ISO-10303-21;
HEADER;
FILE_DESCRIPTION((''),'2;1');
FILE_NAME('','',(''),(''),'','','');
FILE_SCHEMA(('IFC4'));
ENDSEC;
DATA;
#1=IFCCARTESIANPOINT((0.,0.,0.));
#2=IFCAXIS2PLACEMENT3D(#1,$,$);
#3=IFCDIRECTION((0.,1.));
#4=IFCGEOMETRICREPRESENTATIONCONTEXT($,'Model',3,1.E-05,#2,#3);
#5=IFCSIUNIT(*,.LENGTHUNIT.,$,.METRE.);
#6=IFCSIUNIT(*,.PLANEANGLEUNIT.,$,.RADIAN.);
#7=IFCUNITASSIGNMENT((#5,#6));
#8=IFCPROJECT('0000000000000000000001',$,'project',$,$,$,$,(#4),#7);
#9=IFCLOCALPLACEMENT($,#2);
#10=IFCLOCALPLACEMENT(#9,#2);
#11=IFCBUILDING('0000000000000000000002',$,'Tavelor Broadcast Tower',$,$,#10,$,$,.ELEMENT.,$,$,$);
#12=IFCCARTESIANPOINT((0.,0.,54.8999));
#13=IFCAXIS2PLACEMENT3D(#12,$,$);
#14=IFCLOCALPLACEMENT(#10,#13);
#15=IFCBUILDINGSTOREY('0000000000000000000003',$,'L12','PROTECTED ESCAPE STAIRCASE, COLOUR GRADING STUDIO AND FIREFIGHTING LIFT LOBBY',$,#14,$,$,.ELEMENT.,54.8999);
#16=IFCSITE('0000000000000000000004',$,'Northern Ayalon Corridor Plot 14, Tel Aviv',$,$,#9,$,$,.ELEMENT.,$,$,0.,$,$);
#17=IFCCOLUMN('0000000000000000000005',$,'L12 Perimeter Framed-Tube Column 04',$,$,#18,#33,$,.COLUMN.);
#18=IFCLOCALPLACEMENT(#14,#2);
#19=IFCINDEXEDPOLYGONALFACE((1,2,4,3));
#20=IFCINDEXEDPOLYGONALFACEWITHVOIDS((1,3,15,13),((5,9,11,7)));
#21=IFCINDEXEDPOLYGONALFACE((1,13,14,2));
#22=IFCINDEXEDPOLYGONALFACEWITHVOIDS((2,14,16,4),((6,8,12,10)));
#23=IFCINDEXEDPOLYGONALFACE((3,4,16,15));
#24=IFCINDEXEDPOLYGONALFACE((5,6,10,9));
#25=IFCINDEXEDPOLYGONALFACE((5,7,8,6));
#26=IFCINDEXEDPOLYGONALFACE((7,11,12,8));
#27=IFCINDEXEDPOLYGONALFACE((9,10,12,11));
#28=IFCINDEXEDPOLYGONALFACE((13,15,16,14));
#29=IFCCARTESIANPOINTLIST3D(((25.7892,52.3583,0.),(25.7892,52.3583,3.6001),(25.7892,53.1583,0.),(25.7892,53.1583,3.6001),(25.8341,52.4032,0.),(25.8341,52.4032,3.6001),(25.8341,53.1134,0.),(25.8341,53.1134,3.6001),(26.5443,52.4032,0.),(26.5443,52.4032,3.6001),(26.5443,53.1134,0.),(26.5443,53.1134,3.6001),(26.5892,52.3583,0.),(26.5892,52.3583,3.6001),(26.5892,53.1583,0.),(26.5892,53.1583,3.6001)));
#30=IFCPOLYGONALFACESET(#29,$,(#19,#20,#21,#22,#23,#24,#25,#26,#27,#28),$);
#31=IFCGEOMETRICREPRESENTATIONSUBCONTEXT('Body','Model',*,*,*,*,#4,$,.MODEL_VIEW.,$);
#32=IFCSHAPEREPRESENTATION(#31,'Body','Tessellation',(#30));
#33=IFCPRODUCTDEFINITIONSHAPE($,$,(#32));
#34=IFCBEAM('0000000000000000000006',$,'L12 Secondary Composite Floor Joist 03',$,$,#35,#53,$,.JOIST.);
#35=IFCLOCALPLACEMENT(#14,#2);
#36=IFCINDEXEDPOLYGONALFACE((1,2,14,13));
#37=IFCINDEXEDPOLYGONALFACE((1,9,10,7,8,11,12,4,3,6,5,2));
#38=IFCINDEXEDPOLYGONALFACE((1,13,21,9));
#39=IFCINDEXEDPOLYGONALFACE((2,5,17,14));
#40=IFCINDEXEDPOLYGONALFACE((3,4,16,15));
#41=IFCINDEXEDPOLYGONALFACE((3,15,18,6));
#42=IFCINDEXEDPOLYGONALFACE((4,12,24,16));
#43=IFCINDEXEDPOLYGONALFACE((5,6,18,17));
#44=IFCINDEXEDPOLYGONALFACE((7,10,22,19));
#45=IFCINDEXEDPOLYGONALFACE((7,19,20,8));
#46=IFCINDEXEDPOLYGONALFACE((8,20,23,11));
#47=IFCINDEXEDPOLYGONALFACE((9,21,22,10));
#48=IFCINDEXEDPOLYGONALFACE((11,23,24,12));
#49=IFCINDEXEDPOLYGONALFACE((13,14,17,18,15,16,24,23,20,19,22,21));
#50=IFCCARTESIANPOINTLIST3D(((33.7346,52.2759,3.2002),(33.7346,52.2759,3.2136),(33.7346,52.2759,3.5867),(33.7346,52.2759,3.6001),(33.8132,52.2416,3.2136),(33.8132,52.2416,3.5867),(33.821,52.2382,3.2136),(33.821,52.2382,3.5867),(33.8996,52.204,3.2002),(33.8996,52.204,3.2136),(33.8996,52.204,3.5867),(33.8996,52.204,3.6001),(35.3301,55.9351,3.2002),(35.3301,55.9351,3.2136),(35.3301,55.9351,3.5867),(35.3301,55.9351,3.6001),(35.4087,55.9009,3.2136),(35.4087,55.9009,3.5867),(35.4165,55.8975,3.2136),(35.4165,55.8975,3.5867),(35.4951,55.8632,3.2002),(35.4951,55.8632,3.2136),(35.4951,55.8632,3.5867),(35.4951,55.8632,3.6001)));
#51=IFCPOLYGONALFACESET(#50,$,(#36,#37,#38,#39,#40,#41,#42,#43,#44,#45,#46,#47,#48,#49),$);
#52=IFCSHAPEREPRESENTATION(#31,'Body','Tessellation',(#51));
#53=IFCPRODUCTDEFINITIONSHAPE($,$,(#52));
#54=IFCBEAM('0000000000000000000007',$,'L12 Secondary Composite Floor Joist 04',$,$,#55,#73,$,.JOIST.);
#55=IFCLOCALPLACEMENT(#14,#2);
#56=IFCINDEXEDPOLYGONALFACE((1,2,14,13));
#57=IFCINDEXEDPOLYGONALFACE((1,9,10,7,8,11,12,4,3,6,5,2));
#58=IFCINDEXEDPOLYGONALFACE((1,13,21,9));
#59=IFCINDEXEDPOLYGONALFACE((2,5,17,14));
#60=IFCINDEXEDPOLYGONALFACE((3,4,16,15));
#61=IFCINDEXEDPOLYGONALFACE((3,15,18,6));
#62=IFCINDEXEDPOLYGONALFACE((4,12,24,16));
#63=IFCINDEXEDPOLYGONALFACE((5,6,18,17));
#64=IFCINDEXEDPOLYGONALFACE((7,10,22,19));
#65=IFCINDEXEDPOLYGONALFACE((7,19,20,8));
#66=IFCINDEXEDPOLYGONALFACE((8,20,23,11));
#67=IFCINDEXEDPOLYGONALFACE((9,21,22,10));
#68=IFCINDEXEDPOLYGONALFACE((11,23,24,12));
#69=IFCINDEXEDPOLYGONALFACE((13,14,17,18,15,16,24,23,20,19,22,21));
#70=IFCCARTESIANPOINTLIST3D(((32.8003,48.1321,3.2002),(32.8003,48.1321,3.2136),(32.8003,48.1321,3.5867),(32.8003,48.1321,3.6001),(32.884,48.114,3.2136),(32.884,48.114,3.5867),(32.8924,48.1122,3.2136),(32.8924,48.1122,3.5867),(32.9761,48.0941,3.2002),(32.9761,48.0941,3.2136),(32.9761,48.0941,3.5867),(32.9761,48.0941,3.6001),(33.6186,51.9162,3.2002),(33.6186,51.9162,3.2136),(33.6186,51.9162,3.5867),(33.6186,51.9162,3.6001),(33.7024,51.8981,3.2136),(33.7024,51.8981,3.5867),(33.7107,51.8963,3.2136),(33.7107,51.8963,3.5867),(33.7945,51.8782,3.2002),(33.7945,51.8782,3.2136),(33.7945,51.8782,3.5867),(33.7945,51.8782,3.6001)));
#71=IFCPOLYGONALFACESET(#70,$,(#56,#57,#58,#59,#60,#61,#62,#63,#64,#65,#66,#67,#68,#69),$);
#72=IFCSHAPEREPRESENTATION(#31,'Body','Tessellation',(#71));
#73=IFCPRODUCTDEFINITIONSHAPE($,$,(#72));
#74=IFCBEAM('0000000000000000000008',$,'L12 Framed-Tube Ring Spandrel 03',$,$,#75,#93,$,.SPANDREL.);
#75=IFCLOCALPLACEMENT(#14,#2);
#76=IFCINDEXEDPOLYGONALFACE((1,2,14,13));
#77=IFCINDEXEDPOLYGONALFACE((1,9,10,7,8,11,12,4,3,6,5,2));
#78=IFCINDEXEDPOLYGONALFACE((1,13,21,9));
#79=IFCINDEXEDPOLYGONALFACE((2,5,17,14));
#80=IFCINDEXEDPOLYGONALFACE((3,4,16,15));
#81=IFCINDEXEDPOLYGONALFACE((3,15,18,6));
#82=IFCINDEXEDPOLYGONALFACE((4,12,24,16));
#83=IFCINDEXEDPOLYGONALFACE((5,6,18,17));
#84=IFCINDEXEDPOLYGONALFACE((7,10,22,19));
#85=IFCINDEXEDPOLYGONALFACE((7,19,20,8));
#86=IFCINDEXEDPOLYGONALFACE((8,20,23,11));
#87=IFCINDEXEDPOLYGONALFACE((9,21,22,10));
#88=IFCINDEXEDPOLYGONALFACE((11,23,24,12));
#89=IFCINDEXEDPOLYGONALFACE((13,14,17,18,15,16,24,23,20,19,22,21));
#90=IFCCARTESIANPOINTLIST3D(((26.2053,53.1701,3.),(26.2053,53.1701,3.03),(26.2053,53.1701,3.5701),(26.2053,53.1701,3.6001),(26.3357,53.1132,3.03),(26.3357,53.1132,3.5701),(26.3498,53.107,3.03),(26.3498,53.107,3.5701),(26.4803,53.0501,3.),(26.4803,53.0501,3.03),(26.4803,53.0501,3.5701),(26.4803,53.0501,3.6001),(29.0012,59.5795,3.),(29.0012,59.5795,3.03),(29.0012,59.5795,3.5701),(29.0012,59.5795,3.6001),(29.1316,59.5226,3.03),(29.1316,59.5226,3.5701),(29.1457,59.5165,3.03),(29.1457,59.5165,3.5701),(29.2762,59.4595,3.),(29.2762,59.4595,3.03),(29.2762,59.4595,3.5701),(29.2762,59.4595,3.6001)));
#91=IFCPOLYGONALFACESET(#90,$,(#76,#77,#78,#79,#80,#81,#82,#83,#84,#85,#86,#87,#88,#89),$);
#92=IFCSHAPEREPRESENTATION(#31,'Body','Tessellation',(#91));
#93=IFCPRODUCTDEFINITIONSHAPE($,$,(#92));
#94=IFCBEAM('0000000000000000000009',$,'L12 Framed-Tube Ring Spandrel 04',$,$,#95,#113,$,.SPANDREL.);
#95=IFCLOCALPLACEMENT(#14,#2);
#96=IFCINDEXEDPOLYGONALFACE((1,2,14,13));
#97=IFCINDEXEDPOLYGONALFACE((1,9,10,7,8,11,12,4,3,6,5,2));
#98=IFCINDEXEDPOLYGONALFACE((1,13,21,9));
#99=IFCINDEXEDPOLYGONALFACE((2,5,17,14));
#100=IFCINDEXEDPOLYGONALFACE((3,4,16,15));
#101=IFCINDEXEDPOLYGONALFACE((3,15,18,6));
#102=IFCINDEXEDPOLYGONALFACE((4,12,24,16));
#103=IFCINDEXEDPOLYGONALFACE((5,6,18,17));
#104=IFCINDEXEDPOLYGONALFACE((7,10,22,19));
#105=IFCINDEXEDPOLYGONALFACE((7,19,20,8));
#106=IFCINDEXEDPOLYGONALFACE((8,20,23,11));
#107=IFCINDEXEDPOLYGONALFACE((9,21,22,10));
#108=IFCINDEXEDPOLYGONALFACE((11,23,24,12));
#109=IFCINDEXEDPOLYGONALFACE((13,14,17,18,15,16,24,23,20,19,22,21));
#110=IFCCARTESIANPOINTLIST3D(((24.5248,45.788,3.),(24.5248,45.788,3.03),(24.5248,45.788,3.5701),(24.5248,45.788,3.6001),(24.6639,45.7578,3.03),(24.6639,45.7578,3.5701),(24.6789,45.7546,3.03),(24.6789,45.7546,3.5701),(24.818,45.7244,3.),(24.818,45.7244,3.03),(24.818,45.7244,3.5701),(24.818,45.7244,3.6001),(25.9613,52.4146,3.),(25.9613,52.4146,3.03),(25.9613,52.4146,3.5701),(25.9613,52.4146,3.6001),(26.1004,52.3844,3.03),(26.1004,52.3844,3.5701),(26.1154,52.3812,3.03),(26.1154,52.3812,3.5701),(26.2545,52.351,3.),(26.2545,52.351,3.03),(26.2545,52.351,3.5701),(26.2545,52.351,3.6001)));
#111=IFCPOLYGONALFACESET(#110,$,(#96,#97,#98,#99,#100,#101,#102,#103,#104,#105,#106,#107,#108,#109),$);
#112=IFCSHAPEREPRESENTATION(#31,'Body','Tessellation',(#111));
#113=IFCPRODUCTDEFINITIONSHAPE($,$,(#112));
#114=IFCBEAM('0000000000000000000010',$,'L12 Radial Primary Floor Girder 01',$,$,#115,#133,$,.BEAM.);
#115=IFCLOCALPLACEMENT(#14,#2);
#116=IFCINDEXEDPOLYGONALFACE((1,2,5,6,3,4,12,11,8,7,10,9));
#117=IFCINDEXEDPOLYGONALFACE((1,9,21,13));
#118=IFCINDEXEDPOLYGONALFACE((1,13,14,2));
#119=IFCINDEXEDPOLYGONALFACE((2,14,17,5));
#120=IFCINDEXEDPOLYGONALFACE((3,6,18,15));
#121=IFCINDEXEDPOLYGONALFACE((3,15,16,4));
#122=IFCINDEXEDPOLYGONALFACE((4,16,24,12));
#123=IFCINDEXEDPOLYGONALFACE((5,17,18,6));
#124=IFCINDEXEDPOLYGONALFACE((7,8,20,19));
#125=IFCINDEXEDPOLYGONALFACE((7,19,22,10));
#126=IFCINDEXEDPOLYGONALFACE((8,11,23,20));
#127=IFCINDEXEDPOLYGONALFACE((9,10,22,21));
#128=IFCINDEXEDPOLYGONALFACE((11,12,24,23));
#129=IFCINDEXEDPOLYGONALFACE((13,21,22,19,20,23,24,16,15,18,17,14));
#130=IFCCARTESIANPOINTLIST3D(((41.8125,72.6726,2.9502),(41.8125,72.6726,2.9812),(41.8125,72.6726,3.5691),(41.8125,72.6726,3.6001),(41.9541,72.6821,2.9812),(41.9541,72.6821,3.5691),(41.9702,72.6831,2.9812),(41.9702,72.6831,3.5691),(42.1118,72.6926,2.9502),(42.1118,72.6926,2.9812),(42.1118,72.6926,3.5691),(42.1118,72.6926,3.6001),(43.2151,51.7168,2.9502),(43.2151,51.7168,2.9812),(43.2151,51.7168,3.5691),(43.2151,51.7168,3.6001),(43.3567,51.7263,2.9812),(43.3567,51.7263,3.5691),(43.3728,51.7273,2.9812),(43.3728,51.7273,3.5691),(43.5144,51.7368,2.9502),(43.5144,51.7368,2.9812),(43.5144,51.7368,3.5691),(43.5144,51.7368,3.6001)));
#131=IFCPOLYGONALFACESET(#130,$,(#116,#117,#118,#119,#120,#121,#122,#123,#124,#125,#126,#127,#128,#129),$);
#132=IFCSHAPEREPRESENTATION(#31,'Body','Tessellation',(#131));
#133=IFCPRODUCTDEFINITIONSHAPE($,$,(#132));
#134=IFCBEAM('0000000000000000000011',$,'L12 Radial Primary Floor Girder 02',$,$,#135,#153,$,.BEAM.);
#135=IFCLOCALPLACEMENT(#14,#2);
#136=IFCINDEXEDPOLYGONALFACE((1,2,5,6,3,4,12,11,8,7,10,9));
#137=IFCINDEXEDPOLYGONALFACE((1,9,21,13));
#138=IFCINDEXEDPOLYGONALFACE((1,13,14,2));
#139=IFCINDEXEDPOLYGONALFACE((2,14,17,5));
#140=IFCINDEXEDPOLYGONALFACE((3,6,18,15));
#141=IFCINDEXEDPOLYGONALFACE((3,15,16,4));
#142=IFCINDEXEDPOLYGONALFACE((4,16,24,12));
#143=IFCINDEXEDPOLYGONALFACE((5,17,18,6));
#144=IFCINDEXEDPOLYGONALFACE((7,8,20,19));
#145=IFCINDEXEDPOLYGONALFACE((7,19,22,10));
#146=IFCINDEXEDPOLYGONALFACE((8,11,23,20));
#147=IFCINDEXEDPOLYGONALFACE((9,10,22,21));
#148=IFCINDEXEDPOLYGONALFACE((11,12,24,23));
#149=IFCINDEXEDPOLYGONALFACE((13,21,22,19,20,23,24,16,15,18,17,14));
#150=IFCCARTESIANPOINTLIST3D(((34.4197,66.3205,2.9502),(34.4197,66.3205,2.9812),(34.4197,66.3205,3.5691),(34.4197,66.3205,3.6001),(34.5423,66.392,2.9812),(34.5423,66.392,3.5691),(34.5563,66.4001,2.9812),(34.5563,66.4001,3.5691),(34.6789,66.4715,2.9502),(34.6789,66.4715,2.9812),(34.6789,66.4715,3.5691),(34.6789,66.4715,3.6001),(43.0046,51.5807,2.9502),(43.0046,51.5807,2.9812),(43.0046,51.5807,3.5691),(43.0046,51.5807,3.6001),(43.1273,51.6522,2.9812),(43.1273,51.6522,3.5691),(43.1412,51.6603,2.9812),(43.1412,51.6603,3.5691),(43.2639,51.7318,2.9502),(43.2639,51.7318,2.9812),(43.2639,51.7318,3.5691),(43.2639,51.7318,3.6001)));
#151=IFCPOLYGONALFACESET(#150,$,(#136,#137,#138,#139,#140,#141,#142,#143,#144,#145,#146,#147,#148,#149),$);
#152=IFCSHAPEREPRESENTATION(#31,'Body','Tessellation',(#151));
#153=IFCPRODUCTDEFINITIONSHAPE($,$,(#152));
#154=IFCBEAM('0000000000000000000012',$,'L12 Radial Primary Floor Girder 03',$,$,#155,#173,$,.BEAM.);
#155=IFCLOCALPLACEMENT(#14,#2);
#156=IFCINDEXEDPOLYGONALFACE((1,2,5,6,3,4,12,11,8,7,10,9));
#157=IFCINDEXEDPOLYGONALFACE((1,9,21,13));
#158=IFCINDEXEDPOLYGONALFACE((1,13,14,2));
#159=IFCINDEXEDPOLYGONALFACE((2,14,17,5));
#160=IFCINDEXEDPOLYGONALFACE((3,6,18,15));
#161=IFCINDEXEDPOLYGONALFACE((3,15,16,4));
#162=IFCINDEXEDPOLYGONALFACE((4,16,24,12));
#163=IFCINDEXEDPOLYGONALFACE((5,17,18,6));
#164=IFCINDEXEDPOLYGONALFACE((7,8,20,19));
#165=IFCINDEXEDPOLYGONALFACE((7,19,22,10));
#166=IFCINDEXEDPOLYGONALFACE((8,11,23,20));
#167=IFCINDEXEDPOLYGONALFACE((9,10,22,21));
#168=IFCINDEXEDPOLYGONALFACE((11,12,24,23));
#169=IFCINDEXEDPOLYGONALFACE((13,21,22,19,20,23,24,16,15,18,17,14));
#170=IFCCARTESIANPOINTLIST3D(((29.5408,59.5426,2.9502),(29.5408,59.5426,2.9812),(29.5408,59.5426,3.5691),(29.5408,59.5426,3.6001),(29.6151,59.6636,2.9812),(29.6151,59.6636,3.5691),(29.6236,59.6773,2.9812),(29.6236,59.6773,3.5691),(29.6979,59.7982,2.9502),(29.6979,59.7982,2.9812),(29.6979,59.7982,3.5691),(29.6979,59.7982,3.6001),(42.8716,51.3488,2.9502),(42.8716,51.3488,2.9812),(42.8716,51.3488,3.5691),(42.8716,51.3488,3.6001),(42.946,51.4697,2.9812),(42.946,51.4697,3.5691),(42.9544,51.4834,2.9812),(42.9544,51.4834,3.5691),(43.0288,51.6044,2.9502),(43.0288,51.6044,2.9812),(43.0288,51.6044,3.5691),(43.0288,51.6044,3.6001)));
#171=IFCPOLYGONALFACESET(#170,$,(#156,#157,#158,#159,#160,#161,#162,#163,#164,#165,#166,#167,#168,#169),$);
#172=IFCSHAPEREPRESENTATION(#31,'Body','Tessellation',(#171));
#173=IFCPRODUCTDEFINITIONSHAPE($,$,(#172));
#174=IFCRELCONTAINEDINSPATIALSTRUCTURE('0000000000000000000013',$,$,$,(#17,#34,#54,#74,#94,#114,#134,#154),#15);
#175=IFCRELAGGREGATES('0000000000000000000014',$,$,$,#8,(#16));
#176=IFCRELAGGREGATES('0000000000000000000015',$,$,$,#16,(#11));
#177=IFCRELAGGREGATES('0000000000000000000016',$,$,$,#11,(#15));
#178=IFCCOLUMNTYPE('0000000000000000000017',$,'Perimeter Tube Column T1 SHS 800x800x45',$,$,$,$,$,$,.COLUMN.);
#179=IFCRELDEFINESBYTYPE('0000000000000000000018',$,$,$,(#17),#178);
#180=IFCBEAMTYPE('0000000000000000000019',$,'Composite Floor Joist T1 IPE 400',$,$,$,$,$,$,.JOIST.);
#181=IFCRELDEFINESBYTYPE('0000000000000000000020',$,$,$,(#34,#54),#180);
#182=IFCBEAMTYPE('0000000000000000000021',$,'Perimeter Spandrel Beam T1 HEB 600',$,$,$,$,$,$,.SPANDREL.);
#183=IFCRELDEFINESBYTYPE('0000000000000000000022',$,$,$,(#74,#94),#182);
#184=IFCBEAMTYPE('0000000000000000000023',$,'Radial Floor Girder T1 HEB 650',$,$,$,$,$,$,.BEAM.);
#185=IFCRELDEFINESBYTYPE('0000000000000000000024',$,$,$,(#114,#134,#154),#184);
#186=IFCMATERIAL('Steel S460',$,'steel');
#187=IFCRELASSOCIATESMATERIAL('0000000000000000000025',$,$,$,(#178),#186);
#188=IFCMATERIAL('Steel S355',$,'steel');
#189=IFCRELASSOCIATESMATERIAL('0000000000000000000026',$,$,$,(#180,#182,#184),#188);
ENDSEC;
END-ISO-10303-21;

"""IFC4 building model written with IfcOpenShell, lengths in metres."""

from ifc_helpers import new_model, si_unit, direction, frame, origin, origin_2d, place, context, subcontext, project, spatial, hollow_rectangle, i_section, extrude, material, material_profile, profile_set, type_object, element, save


model = new_model("IFC4")

# Units and contexts
model_context = context("Model", 3, precision=1e-05, world=origin(), true_north=direction((0.0, 1.0)))
body_context = subcontext(model_context, "Body", "Model", "MODEL_VIEW")
ifc_project = project(units=[si_unit("LENGTHUNIT", "METRE"), si_unit("PLANEANGLEUNIT", "RADIAN")], contexts=[model_context])

# Site, building, storey
site_placement = place(None, origin())
site = spatial("IfcSite", under=ifc_project, at=site_placement, Name="Northern Ayalon Corridor Plot 14, Tel Aviv", CompositionType="ELEMENT", RefElevation=0.0)
building_placement = place(site_placement, origin())
building = spatial("IfcBuilding", under=site, at=building_placement, Name="Tavelor Broadcast Tower", CompositionType="ELEMENT")
storey_placement = place(building_placement, frame((0.0, 0.0, 54.8999)))
storey = spatial("IfcBuildingStorey", under=building, at=storey_placement, Name="L12", Description="PROTECTED ESCAPE STAIRCASE, COLOUR GRADING STUDIO AND FIREFIGHTING LIFT LOBBY", CompositionType="ELEMENT", Elevation=54.8999)

# Column
ifc_material_1 = material(Name="Steel S460", Category="steel")
ifc_material_profile_1 = material_profile(ifc_material_1, hollow_rectangle(XDim=0.8, YDim=0.8, WallThickness=0.0449, at=origin_2d()), Name="SHS 800x800x45")
ifc_profile_set_1 = profile_set([ifc_material_profile_1], Name="Steel S460")
column_type = type_object("IfcColumnType", Name="Perimeter Tube Column T1 SHS 800x800x45", PredefinedType="COLUMN", material=ifc_profile_set_1)
column_placement = place(storey_placement, frame((26.1892, 52.7583, 0.0), z_axis=(0.0, 0.0, 1.0), x_axis=(1.0, 0.0, 0.0)))
element("IfcColumn", 1, at=column_placement, inside=storey, type_object=column_type, Name="L12 Perimeter Framed-Tube Column 04", PredefinedType="COLUMN", context=body_context, shape_type="SweptSolid", body=[
    extrude(hollow_rectangle(XDim=0.8, YDim=0.8, WallThickness=0.0449, at=origin_2d()), origin(), (0.0, 0.0, 1.0), 3.6001),
])

# Beams
ifc_material_2 = material(Name="Steel S355", Category="steel")
ifc_material_profile_2 = material_profile(ifc_material_2, i_section(OverallWidth=0.1799, OverallDepth=0.3999, WebThickness=0.0085, FlangeThickness=0.0134, at=origin_2d()), Name="IPE 400")
ifc_profile_set_2 = profile_set([ifc_material_profile_2], Name="Steel S355")
beam_type_1 = type_object("IfcBeamType", Name="Composite Floor Joist T1 IPE 400", PredefinedType="JOIST", material=ifc_profile_set_2)
beam_1_placement = place(storey_placement, frame((35.4126, 55.8992, 3.4001), z_axis=(-0.399676, -0.916656, 0.0), x_axis=(0.916656, -0.399676, 0.0)))
element("IfcBeam", 2, at=beam_1_placement, inside=storey, type_object=beam_type_1, Name="L12 Secondary Composite Floor Joist 03", PredefinedType="JOIST", context=body_context, shape_type="SweptSolid", body=[
    extrude(i_section(OverallWidth=0.1799, OverallDepth=0.3999, WebThickness=0.0085, FlangeThickness=0.0134, at=origin_2d()), origin(), (0.0, 0.0, 1.0), 3.9919),
])
beam_2_placement = place(storey_placement, frame((33.7065, 51.8972, 3.4001), z_axis=(-0.211372, -0.977406, 0.0), x_axis=(0.977406, -0.211372, 0.0)))
element("IfcBeam", 3, at=beam_2_placement, inside=storey, type_object=beam_type_1, Name="L12 Secondary Composite Floor Joist 04", PredefinedType="JOIST", context=body_context, shape_type="SweptSolid", body=[
    extrude(i_section(OverallWidth=0.1799, OverallDepth=0.3999, WebThickness=0.0085, FlangeThickness=0.0134, at=origin_2d()), origin(), (0.0, 0.0, 1.0), 3.8716),
])
ifc_material_profile_3 = material_profile(ifc_material_2, i_section(OverallWidth=0.3, OverallDepth=0.6001, WebThickness=0.0154, FlangeThickness=0.03, at=origin_2d()), Name="HEB 600")
ifc_profile_set_3 = profile_set([ifc_material_profile_3], Name="Steel S355")
beam_type_2 = type_object("IfcBeamType", Name="Perimeter Spandrel Beam T1 HEB 600", PredefinedType="SPANDREL", material=ifc_profile_set_3)
beam_3_placement = place(storey_placement, frame((29.1387, 59.5195, 3.3), z_axis=(-0.399831, -0.916589, 0.0), x_axis=(0.916589, -0.399831, 0.0)))
element("IfcBeam", 4, at=beam_3_placement, inside=storey, type_object=beam_type_2, Name="L12 Framed-Tube Ring Spandrel 03", PredefinedType="SPANDREL", context=body_context, shape_type="SweptSolid", body=[
    extrude(i_section(OverallWidth=0.3, OverallDepth=0.6001, WebThickness=0.0154, FlangeThickness=0.03, at=origin_2d()), origin(), (0.0, 0.0, 1.0), 6.9927),
])
beam_4_placement = place(storey_placement, frame((26.1079, 52.3828, 3.3), z_axis=(-0.211857, -0.977301, 0.0), x_axis=(0.977301, -0.211857, 0.0)))
element("IfcBeam", 5, at=beam_4_placement, inside=storey, type_object=beam_type_2, Name="L12 Framed-Tube Ring Spandrel 04", PredefinedType="SPANDREL", context=body_context, shape_type="SweptSolid", body=[
    extrude(i_section(OverallWidth=0.3, OverallDepth=0.6001, WebThickness=0.0154, FlangeThickness=0.03, at=origin_2d()), origin(), (0.0, 0.0, 1.0), 6.7805),
])
ifc_material_profile_4 = material_profile(ifc_material_2, i_section(OverallWidth=0.3, OverallDepth=0.6499, WebThickness=0.0161, FlangeThickness=0.031, at=origin_2d()), Name="HEB 650")
ifc_profile_set_4 = profile_set([ifc_material_profile_4], Name="Steel S355")
beam_type_3 = type_object("IfcBeamType", Name="Radial Floor Girder T1 HEB 650", PredefinedType="BEAM", material=ifc_profile_set_4)
beam_5_placement = place(storey_placement, frame((43.3647, 51.7268, 3.2751), z_axis=(-0.066781, 0.997768, 0.0), x_axis=(-0.997768, -0.066781, 0.0)))
element("IfcBeam", 6, at=beam_5_placement, inside=storey, type_object=beam_type_3, Name="L12 Radial Primary Floor Girder 01", PredefinedType="BEAM", context=body_context, shape_type="SweptSolid", body=[
    extrude(i_section(OverallWidth=0.3, OverallDepth=0.6499, WebThickness=0.0161, FlangeThickness=0.031, at=origin_2d()), origin(), (0.0, 0.0, 1.0), 21.0027),
])
beam_6_placement = place(storey_placement, frame((43.1343, 51.6562, 3.2751), z_axis=(-0.503292, 0.864116, 0.0), x_axis=(-0.864116, -0.503292, 0.0)))
element("IfcBeam", 7, at=beam_6_placement, inside=storey, type_object=beam_type_3, Name="L12 Radial Primary Floor Girder 02", PredefinedType="BEAM", context=body_context, shape_type="SweptSolid", body=[
    extrude(i_section(OverallWidth=0.3, OverallDepth=0.6499, WebThickness=0.0161, FlangeThickness=0.031, at=origin_2d()), origin(), (0.0, 0.0, 1.0), 17.0576),
])
beam_7_placement = place(storey_placement, frame((42.9502, 51.4766, 3.2751), z_axis=(-0.851936, 0.523646, 0.0), x_axis=(-0.523646, -0.851936, 0.0)))
element("IfcBeam", 8, at=beam_7_placement, inside=storey, type_object=beam_type_3, Name="L12 Radial Primary Floor Girder 03", PredefinedType="BEAM", context=body_context, shape_type="SweptSolid", body=[
    extrude(i_section(OverallWidth=0.3, OverallDepth=0.6499, WebThickness=0.0161, FlangeThickness=0.031, at=origin_2d()), origin(), (0.0, 0.0, 1.0), 15.6477),
])

save(model, "model.ifc")
